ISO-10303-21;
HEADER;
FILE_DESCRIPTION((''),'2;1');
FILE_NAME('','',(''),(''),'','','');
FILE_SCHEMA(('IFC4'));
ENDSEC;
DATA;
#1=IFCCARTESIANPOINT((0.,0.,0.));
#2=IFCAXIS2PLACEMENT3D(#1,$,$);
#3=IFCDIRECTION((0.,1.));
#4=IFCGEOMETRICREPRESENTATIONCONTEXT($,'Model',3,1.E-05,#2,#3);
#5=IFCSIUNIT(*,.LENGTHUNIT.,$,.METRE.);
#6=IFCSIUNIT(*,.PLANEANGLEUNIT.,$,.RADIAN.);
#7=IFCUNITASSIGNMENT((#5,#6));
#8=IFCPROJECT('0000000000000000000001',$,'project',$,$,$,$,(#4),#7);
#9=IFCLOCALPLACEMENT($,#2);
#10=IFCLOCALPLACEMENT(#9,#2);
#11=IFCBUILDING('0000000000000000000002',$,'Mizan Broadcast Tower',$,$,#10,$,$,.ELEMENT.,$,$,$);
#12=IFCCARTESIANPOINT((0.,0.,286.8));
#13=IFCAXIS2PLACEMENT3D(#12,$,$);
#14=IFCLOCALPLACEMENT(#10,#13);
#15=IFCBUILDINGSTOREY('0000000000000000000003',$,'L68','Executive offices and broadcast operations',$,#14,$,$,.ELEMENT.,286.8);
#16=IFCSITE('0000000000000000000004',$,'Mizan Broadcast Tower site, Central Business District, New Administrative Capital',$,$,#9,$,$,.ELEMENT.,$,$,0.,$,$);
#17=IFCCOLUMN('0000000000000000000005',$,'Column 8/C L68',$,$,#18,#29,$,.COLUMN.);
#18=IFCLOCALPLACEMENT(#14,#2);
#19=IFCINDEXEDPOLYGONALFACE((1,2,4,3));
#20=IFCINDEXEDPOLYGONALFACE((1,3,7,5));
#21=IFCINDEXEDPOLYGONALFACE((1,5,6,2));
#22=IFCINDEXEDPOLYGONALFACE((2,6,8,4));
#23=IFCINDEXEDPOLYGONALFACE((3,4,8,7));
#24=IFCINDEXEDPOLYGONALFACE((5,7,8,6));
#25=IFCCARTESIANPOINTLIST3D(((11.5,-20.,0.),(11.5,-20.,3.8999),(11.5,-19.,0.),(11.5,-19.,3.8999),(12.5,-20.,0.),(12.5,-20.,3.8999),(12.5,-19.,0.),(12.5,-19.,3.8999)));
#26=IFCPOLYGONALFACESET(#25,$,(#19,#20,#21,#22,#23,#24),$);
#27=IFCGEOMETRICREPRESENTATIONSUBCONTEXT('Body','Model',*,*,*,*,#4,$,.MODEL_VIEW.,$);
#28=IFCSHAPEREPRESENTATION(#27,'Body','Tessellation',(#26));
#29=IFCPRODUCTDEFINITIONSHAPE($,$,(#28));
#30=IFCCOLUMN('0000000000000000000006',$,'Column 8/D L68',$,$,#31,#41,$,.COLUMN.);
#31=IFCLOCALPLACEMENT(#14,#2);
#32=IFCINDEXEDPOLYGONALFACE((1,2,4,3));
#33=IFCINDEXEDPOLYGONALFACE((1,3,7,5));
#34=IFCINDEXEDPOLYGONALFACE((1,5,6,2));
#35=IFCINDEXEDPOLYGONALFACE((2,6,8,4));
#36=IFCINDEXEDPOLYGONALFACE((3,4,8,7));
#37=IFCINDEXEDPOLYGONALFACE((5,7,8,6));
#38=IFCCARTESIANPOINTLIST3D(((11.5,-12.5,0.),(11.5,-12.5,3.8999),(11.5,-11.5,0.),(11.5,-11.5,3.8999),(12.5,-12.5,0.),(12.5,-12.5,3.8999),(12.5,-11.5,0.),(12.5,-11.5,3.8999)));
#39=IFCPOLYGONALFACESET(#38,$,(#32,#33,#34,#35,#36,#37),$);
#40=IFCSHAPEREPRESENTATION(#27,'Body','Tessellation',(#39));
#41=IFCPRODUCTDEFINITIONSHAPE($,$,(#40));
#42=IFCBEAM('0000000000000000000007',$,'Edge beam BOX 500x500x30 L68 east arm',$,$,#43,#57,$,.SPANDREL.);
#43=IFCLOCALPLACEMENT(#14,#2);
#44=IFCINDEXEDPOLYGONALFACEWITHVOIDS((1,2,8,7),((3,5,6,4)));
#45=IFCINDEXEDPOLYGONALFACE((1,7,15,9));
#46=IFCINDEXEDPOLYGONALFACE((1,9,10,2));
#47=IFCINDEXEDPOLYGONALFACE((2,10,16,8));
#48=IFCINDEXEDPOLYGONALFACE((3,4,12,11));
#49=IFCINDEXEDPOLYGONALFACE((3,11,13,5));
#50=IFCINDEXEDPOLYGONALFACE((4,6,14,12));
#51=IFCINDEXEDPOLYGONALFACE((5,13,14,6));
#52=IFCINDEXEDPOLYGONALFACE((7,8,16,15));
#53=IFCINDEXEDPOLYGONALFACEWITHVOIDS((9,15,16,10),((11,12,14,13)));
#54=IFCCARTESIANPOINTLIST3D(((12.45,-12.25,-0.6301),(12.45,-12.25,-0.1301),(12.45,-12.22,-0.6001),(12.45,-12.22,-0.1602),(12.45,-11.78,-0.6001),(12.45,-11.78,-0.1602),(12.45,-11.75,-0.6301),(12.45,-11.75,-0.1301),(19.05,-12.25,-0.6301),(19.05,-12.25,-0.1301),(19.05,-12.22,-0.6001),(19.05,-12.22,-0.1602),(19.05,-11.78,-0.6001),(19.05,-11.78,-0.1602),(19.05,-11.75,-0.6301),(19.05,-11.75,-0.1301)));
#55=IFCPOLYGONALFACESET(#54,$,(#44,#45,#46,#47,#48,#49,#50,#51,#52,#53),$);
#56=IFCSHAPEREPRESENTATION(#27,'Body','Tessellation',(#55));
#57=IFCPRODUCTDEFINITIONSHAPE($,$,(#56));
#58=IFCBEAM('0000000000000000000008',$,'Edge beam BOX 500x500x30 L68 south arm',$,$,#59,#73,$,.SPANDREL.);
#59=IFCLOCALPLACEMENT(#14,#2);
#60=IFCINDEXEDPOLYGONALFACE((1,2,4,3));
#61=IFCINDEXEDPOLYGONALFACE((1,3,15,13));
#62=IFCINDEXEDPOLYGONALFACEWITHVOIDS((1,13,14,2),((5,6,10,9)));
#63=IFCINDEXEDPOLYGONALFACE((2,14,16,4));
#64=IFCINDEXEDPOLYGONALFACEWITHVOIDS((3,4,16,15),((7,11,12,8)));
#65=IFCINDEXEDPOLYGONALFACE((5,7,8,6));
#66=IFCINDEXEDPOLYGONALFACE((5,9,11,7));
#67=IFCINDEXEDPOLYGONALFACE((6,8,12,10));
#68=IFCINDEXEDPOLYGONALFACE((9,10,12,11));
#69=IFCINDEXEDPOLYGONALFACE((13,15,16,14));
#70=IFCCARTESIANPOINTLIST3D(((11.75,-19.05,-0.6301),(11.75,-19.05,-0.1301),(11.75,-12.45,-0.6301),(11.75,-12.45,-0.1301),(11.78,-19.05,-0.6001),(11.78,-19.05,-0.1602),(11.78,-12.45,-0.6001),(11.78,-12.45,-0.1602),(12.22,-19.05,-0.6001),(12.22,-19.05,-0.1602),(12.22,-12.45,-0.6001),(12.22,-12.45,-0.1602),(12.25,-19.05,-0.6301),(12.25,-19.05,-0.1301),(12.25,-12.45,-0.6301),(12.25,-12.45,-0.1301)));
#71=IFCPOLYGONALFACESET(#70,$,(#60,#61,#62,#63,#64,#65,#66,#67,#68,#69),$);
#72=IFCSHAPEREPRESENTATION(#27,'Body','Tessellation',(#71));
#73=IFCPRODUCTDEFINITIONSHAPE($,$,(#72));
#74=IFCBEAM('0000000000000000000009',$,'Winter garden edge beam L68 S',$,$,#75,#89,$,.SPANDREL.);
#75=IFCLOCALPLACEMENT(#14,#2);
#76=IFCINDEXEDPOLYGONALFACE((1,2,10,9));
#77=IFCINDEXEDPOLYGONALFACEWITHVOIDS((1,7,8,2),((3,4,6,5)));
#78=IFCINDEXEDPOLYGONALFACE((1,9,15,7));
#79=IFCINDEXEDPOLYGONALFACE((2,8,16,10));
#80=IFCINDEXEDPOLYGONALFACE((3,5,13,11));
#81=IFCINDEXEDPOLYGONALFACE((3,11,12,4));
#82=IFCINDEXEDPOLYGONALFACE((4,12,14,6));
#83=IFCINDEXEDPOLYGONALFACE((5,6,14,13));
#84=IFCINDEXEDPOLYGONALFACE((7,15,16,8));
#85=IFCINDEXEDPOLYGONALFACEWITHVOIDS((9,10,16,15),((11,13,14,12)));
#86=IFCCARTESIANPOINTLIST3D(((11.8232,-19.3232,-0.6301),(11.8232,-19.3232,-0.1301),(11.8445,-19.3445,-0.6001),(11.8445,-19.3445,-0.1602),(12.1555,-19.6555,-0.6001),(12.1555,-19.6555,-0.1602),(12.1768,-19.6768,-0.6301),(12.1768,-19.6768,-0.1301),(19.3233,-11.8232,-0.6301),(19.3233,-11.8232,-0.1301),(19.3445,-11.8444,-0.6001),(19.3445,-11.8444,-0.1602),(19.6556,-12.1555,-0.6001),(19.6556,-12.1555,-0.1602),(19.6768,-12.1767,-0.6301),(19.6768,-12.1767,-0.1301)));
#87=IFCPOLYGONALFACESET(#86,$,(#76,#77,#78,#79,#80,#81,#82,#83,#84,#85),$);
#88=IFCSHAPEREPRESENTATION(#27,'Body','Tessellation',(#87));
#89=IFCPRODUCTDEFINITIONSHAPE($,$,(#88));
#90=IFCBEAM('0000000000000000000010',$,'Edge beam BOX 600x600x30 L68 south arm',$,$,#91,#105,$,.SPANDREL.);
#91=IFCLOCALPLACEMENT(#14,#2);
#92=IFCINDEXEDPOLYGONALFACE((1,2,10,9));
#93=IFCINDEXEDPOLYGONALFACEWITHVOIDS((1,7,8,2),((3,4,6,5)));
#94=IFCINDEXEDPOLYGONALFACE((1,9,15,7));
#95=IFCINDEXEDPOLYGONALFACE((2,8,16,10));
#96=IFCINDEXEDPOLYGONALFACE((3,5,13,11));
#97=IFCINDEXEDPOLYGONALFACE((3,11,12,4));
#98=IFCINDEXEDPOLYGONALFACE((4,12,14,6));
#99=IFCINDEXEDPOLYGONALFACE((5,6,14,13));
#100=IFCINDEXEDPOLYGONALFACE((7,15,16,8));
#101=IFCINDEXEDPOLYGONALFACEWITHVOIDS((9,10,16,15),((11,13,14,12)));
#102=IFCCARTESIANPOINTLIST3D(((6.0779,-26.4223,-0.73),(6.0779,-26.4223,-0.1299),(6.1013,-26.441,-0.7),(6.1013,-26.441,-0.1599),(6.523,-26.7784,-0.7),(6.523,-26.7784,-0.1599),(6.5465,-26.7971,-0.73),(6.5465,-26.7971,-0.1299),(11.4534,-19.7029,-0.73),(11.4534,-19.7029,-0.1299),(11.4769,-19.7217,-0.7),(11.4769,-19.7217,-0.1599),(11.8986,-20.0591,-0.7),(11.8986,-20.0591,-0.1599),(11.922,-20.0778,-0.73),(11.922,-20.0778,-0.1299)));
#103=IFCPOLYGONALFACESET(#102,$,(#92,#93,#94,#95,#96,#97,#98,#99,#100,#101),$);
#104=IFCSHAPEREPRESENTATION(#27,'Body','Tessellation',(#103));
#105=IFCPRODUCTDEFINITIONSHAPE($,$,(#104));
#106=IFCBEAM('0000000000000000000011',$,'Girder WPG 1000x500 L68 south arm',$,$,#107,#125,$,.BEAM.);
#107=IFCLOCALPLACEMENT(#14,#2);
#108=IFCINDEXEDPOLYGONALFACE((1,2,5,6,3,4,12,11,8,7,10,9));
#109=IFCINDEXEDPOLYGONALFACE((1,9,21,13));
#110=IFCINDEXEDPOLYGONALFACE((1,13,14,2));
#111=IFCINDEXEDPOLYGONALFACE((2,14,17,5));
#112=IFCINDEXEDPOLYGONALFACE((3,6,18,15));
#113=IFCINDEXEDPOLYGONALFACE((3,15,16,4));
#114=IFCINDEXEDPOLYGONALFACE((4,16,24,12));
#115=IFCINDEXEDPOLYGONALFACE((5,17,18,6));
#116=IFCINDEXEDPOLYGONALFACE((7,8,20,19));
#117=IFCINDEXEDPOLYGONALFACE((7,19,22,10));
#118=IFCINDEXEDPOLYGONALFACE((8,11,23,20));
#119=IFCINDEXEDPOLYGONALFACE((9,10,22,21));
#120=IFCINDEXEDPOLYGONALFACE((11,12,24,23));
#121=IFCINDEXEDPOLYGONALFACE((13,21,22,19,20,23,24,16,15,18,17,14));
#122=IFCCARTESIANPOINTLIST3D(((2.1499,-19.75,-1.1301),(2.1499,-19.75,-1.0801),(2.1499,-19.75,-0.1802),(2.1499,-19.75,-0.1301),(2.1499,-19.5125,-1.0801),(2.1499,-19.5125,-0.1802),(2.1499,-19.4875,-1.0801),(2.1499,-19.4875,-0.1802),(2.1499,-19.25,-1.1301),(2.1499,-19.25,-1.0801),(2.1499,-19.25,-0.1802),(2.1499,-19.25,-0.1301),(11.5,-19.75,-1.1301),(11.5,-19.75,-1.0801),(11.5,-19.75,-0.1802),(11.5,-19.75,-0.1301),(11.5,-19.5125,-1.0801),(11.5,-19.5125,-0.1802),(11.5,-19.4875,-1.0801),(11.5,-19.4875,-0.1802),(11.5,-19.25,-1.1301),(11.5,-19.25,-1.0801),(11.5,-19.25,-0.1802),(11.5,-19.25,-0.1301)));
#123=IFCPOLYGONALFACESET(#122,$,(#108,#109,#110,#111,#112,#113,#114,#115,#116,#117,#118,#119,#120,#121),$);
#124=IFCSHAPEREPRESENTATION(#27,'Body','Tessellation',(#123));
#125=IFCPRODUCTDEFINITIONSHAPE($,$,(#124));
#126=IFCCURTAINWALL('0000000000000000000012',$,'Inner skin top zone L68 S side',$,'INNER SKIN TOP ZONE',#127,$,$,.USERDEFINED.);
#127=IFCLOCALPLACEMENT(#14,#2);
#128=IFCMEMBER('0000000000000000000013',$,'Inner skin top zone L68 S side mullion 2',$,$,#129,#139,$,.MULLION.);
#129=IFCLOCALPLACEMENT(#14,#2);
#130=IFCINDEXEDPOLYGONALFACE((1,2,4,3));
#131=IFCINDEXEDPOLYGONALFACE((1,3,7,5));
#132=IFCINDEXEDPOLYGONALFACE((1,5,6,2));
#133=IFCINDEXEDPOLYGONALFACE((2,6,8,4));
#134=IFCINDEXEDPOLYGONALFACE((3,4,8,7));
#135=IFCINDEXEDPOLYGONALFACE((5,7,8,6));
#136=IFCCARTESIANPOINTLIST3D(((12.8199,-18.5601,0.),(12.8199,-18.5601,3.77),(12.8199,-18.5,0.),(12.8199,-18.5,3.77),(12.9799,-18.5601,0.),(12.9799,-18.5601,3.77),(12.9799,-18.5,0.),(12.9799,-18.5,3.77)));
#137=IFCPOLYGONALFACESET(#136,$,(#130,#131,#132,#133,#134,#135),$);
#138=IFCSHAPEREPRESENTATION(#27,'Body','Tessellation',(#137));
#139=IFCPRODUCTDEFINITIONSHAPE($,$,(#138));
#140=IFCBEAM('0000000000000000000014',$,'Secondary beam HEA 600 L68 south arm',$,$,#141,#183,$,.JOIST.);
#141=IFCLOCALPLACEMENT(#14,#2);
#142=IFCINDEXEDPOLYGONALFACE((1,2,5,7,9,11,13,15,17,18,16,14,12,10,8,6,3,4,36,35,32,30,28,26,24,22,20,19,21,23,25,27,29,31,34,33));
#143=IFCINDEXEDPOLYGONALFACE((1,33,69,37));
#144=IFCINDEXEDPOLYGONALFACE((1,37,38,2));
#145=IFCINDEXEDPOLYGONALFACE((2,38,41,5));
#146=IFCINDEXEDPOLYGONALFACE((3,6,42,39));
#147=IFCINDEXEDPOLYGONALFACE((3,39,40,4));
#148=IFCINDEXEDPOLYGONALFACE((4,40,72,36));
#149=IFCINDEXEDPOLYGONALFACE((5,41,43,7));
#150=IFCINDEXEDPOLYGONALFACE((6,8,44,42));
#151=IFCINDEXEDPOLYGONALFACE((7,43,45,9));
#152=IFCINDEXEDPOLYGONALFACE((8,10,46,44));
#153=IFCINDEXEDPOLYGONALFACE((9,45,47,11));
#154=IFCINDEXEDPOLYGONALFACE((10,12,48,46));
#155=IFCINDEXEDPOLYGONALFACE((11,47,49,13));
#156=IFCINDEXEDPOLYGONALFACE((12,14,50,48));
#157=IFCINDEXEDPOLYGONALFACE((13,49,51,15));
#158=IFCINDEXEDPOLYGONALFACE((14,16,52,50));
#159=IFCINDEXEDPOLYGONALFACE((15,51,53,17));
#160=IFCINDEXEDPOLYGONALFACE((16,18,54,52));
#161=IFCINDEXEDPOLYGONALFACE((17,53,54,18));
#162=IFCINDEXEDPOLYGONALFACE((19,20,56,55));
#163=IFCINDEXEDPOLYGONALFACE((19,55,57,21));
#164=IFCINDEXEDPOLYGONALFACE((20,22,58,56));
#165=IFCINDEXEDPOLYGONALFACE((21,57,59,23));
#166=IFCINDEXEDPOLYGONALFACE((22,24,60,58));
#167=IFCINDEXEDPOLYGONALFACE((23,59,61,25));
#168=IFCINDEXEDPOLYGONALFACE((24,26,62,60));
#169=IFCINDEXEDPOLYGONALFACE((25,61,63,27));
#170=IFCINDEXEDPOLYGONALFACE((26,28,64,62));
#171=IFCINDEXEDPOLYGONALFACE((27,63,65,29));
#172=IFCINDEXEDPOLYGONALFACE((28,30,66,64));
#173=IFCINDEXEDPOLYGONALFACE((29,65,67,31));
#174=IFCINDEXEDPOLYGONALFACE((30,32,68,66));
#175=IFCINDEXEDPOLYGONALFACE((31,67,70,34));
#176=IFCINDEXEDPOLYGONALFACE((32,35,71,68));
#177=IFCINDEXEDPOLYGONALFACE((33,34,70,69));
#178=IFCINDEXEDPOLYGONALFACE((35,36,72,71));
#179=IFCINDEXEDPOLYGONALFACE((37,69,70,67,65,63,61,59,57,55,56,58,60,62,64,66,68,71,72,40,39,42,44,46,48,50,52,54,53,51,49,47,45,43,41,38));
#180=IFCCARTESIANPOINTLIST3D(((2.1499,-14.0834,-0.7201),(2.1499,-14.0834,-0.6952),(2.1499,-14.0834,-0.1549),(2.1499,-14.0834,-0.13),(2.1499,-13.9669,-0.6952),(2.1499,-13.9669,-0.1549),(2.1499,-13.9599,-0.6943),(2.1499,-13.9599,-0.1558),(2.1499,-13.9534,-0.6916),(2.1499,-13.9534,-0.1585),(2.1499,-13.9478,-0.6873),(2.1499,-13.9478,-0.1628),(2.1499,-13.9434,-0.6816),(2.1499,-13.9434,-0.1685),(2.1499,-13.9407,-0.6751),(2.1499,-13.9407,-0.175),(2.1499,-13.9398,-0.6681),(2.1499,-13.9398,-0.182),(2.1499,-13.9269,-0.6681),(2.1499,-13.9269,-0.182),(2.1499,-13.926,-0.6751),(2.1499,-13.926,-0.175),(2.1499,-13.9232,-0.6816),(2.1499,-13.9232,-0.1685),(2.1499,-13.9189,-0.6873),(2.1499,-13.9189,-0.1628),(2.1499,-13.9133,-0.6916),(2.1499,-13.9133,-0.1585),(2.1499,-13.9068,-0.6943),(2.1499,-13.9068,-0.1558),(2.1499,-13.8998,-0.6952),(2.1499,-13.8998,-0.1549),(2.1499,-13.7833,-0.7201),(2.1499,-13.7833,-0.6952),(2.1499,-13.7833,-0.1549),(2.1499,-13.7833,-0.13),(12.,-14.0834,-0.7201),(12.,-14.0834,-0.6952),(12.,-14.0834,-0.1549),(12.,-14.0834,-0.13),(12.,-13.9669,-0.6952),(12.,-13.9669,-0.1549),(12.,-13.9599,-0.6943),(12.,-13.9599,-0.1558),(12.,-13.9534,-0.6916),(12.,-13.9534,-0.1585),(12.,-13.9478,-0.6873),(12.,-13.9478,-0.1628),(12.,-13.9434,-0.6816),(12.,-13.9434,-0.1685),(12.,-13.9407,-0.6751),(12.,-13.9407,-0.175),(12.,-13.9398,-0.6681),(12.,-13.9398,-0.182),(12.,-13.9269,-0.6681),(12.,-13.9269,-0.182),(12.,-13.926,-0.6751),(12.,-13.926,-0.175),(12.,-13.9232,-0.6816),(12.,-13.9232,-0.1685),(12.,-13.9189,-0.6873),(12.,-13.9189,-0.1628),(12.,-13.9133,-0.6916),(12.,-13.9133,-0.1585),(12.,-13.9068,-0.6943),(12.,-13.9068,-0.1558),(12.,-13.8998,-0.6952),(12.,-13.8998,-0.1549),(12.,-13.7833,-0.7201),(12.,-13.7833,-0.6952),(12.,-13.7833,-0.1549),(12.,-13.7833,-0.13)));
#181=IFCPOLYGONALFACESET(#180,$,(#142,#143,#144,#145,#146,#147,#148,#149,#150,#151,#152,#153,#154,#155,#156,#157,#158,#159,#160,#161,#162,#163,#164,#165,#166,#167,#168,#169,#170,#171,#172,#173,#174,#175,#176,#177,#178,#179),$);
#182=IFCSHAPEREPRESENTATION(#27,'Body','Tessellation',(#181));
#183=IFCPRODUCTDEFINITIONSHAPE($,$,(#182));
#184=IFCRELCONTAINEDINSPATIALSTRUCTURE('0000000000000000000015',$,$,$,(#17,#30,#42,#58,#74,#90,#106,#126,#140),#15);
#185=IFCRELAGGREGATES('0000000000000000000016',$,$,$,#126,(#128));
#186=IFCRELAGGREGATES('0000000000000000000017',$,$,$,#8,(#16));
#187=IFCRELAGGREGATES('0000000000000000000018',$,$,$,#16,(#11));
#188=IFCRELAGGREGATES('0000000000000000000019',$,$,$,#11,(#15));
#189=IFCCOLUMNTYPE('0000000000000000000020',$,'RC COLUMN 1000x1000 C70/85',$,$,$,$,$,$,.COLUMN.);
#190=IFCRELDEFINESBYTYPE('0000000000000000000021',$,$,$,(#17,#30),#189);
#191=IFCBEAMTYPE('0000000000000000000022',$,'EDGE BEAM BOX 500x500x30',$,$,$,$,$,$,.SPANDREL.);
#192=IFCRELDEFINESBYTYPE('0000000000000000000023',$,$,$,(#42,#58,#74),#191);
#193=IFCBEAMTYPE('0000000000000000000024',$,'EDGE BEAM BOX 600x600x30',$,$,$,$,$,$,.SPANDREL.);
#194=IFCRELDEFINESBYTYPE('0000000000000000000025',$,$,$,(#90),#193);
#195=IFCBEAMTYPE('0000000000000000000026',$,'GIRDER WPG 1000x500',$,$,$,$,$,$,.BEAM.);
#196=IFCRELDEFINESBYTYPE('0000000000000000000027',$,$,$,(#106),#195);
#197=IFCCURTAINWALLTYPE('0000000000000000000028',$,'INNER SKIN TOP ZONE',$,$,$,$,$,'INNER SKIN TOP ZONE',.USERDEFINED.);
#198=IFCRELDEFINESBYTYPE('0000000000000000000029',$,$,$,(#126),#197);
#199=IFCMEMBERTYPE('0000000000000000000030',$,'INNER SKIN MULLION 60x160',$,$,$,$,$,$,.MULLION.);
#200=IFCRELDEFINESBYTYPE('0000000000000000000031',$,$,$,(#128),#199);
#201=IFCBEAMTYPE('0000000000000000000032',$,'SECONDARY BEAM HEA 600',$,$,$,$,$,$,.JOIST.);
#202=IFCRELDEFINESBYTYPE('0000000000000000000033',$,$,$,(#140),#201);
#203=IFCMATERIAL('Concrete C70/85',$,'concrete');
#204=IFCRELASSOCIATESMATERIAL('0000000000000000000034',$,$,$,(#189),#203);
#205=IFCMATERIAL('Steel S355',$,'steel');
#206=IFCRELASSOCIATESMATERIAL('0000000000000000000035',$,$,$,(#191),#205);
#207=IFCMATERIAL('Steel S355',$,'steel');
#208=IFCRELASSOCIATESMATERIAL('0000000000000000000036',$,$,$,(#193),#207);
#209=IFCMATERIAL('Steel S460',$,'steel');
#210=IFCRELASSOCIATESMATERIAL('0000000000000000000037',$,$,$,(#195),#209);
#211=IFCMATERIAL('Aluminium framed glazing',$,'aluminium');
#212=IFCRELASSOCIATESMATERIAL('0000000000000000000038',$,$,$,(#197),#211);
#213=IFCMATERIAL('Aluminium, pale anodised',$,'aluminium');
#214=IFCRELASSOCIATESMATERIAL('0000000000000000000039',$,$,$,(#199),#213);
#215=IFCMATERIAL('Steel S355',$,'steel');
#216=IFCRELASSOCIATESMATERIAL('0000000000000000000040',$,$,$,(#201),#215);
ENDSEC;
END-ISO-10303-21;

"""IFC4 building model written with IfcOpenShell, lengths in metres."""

from ifc_helpers import new_model, si_unit, direction, frame, origin, origin_2d, place, context, subcontext, project, spatial, rectangle, hollow_rectangle, i_section, extrude, material, material_profile, profile_set, type_object, element, aggregate, save


model = new_model("IFC4")

# Units and contexts
model_context = context("Model", 3, precision=1e-05, world=origin(), true_north=direction((0.0, 1.0)))
body_context = subcontext(model_context, "Body", "Model", "MODEL_VIEW")
ifc_project = project(units=[si_unit("LENGTHUNIT", "METRE"), si_unit("PLANEANGLEUNIT", "RADIAN")], contexts=[model_context])

# Site, building, storey
site_placement = place(None, origin())
site = spatial("IfcSite", under=ifc_project, at=site_placement, Name="Mizan Broadcast Tower site, Central Business District, New Administrative Capital", CompositionType="ELEMENT", RefElevation=0.0)
building_placement = place(site_placement, origin())
building = spatial("IfcBuilding", under=site, at=building_placement, Name="Mizan Broadcast Tower", CompositionType="ELEMENT")
storey_placement = place(building_placement, frame((0.0, 0.0, 286.8)))
storey = spatial("IfcBuildingStorey", under=building, at=storey_placement, Name="L68", Description="Executive offices and broadcast operations", CompositionType="ELEMENT", Elevation=286.8)

# Columns
ifc_material_1 = material(Name="Concrete C70/85", Category="concrete")
ifc_material_profile_1 = material_profile(ifc_material_1, rectangle(XDim=1.0, YDim=1.0, at=origin_2d()), Name="RC 1000x1000")
ifc_profile_set_1 = profile_set([ifc_material_profile_1], Name="Concrete C70/85")
column_type = type_object("IfcColumnType", Name="RC COLUMN 1000x1000 C70/85", PredefinedType="COLUMN", material=ifc_profile_set_1)
for number, where, z_axis, x_axis, name in (
    (1, (12.0, -19.5, 0.0), (0.0, 0.0, 1.0), (1.0, 0.0, 0.0), "Column 8/C L68"),
    (2, (12.0, -12.0, 0.0), (0.0, 0.0, 1.0), (1.0, 0.0, 0.0), "Column 8/D L68"),
):
    element("IfcColumn", number, at=place(storey_placement, frame(where, z_axis=z_axis, x_axis=x_axis)), inside=storey, type_object=column_type, Name=name, PredefinedType="COLUMN", context=body_context, shape_type="SweptSolid", body=[
        extrude(rectangle(XDim=1.0, YDim=1.0, at=origin_2d()), origin(), (0.0, 0.0, 1.0), 3.8999),
    ])

# Beams
ifc_material_2 = material(Name="Steel S355", Category="steel")
ifc_material_profile_2 = material_profile(ifc_material_2, hollow_rectangle(XDim=0.5, YDim=0.5, WallThickness=0.03, at=origin_2d()), Name="BOX 500x500x30")
ifc_profile_set_2 = profile_set([ifc_material_profile_2], Name="Steel S355")
beam_type_1 = type_object("IfcBeamType", Name="EDGE BEAM BOX 500x500x30", PredefinedType="SPANDREL", material=ifc_profile_set_2)
for number, where, z_axis, x_axis, name in (
    (3, (12.45, -12.0, -0.3801), (1.0, 0.0, 0.0), (0.0, 1.0, 0.0), "Edge beam BOX 500x500x30 L68 east arm"),
    (4, (12.0, -12.45, -0.3801), (0.0, -1.0, 0.0), (1.0, 0.0, 0.0), "Edge beam BOX 500x500x30 L68 south arm"),
):
    element("IfcBeam", number, at=place(storey_placement, frame(where, z_axis=z_axis, x_axis=x_axis)), inside=storey, type_object=beam_type_1, Name=name, PredefinedType="SPANDREL", context=body_context, shape_type="SweptSolid", body=[
        extrude(hollow_rectangle(XDim=0.5, YDim=0.5, WallThickness=0.03, at=origin_2d()), origin(), (0.0, 0.0, 1.0), 6.6001),
    ])
beam_1_placement = place(storey_placement, frame((12.0, -19.5, -0.3801), z_axis=(0.707107, 0.707107, 0.0), x_axis=(-0.707107, 0.707107, 0.0)))
element("IfcBeam", 5, at=beam_1_placement, inside=storey, type_object=beam_type_1, Name="Winter garden edge beam L68 S", PredefinedType="SPANDREL", context=body_context, shape_type="SweptSolid", body=[
    extrude(hollow_rectangle(XDim=0.5, YDim=0.5, WallThickness=0.03, at=origin_2d()), origin(), (0.0, 0.0, 1.0), 10.6067),
])
ifc_material_3 = material(Name="Steel S355", Category="steel")
ifc_material_profile_3 = material_profile(ifc_material_3, hollow_rectangle(XDim=0.6001, YDim=0.6001, WallThickness=0.03, at=origin_2d()), Name="BOX 600x600x30")
ifc_profile_set_3 = profile_set([ifc_material_profile_3], Name="Steel S355")
beam_type_2 = type_object("IfcBeamType", Name="EDGE BEAM BOX 600x600x30", PredefinedType="SPANDREL", material=ifc_profile_set_3)
beam_2_placement = place(storey_placement, frame((11.6877, -19.8904, -0.4299), z_axis=(-0.624702, -0.780863, 0.0), x_axis=(0.780863, -0.624702, 0.0)))
element("IfcBeam", 6, at=beam_2_placement, inside=storey, type_object=beam_type_2, Name="Edge beam BOX 600x600x30 L68 south arm", PredefinedType="SPANDREL", context=body_context, shape_type="SweptSolid", body=[
    extrude(hollow_rectangle(XDim=0.6001, YDim=0.6001, WallThickness=0.03, at=origin_2d()), origin(), (0.0, 0.0, 1.0), 8.605),
])
ifc_material_4 = material(Name="Steel S460", Category="steel")
ifc_material_profile_4 = material_profile(ifc_material_4, i_section(OverallWidth=0.5, OverallDepth=1.0, WebThickness=0.0249, FlangeThickness=0.05, at=origin_2d()), Name="WPG 1000x500")
ifc_profile_set_4 = profile_set([ifc_material_profile_4], Name="Steel S460")
beam_type_3 = type_object("IfcBeamType", Name="GIRDER WPG 1000x500", PredefinedType="BEAM", material=ifc_profile_set_4)
beam_3_placement = place(storey_placement, frame((11.5, -19.5, -0.6301), z_axis=(-1.0, 0.0, 0.0), x_axis=(0.0, -1.0, 0.0)))
element("IfcBeam", 7, at=beam_3_placement, inside=storey, type_object=beam_type_3, Name="Girder WPG 1000x500 L68 south arm", PredefinedType="BEAM", context=body_context, shape_type="SweptSolid", body=[
    extrude(i_section(OverallWidth=0.5, OverallDepth=1.0, WebThickness=0.0249, FlangeThickness=0.05, at=origin_2d()), origin(), (0.0, 0.0, 1.0), 9.3501),
])

# Curtain wall, member
ifc_material_5 = material(Name="Aluminium framed glazing", Category="aluminium")
curtain_wall_type = type_object("IfcCurtainWallType", Name="INNER SKIN TOP ZONE", ElementType="INNER SKIN TOP ZONE", PredefinedType="USERDEFINED", material=ifc_material_5)
curtain_wall_placement = place(storey_placement, origin())
curtain_wall = element("IfcCurtainWall", 8, at=curtain_wall_placement, inside=storey, type_object=curtain_wall_type, Name="Inner skin top zone L68 S side", ObjectType="INNER SKIN TOP ZONE", PredefinedType="USERDEFINED")
ifc_material_6 = material(Name="Aluminium, pale anodised", Category="aluminium")
ifc_material_profile_5 = material_profile(ifc_material_6, rectangle(XDim=0.1599, YDim=0.0601, at=origin_2d()), Name="MULLION 160x60")
ifc_profile_set_5 = profile_set([ifc_material_profile_5], Name="Aluminium, pale anodised")
member_type = type_object("IfcMemberType", Name="INNER SKIN MULLION 60x160", PredefinedType="MULLION", material=ifc_profile_set_5)
member_placement = place(storey_placement, frame((12.8999, -18.53, 0.0), z_axis=(0.0, 0.0, 1.0), x_axis=(-1.0, 0.0, 0.0)))
member = element("IfcMember", 9, at=member_placement, type_object=member_type, Name="Inner skin top zone L68 S side mullion 2", PredefinedType="MULLION", context=body_context, shape_type="SweptSolid", body=[
    extrude(rectangle(XDim=0.1599, YDim=0.0601, at=origin_2d()), origin(), (0.0, 0.0, 1.0), 3.77),
])

# Beam
ifc_material_7 = material(Name="Steel S355", Category="steel")
ifc_material_profile_6 = material_profile(ifc_material_7, i_section(OverallWidth=0.3, OverallDepth=0.5901, WebThickness=0.0129, FlangeThickness=0.0249, FilletRadius=0.0271, at=origin_2d()), Name="HEA 600")
ifc_profile_set_6 = profile_set([ifc_material_profile_6], Name="Steel S355")
beam_type_4 = type_object("IfcBeamType", Name="SECONDARY BEAM HEA 600", PredefinedType="JOIST", material=ifc_profile_set_6)
for number, where, z_axis, x_axis, name in (
    (10, (12.0, -13.9333, -0.425), (-1.0, 0.0, 0.0), (0.0, -1.0, 0.0), "Secondary beam HEA 600 L68 south arm"),
):
    element("IfcBeam", number, at=place(storey_placement, frame(where, z_axis=z_axis, x_axis=x_axis)), inside=storey, type_object=beam_type_4, Name=name, PredefinedType="JOIST", context=body_context, shape_type="SweptSolid", body=[
        extrude(i_section(OverallWidth=0.3, OverallDepth=0.5901, WebThickness=0.0129, FlangeThickness=0.0249, FilletRadius=0.0271, at=origin_2d()), origin(), (0.0, 0.0, 1.0), 9.8501),
    ])

aggregate(curtain_wall, [member])

save(model, "model.ifc")
